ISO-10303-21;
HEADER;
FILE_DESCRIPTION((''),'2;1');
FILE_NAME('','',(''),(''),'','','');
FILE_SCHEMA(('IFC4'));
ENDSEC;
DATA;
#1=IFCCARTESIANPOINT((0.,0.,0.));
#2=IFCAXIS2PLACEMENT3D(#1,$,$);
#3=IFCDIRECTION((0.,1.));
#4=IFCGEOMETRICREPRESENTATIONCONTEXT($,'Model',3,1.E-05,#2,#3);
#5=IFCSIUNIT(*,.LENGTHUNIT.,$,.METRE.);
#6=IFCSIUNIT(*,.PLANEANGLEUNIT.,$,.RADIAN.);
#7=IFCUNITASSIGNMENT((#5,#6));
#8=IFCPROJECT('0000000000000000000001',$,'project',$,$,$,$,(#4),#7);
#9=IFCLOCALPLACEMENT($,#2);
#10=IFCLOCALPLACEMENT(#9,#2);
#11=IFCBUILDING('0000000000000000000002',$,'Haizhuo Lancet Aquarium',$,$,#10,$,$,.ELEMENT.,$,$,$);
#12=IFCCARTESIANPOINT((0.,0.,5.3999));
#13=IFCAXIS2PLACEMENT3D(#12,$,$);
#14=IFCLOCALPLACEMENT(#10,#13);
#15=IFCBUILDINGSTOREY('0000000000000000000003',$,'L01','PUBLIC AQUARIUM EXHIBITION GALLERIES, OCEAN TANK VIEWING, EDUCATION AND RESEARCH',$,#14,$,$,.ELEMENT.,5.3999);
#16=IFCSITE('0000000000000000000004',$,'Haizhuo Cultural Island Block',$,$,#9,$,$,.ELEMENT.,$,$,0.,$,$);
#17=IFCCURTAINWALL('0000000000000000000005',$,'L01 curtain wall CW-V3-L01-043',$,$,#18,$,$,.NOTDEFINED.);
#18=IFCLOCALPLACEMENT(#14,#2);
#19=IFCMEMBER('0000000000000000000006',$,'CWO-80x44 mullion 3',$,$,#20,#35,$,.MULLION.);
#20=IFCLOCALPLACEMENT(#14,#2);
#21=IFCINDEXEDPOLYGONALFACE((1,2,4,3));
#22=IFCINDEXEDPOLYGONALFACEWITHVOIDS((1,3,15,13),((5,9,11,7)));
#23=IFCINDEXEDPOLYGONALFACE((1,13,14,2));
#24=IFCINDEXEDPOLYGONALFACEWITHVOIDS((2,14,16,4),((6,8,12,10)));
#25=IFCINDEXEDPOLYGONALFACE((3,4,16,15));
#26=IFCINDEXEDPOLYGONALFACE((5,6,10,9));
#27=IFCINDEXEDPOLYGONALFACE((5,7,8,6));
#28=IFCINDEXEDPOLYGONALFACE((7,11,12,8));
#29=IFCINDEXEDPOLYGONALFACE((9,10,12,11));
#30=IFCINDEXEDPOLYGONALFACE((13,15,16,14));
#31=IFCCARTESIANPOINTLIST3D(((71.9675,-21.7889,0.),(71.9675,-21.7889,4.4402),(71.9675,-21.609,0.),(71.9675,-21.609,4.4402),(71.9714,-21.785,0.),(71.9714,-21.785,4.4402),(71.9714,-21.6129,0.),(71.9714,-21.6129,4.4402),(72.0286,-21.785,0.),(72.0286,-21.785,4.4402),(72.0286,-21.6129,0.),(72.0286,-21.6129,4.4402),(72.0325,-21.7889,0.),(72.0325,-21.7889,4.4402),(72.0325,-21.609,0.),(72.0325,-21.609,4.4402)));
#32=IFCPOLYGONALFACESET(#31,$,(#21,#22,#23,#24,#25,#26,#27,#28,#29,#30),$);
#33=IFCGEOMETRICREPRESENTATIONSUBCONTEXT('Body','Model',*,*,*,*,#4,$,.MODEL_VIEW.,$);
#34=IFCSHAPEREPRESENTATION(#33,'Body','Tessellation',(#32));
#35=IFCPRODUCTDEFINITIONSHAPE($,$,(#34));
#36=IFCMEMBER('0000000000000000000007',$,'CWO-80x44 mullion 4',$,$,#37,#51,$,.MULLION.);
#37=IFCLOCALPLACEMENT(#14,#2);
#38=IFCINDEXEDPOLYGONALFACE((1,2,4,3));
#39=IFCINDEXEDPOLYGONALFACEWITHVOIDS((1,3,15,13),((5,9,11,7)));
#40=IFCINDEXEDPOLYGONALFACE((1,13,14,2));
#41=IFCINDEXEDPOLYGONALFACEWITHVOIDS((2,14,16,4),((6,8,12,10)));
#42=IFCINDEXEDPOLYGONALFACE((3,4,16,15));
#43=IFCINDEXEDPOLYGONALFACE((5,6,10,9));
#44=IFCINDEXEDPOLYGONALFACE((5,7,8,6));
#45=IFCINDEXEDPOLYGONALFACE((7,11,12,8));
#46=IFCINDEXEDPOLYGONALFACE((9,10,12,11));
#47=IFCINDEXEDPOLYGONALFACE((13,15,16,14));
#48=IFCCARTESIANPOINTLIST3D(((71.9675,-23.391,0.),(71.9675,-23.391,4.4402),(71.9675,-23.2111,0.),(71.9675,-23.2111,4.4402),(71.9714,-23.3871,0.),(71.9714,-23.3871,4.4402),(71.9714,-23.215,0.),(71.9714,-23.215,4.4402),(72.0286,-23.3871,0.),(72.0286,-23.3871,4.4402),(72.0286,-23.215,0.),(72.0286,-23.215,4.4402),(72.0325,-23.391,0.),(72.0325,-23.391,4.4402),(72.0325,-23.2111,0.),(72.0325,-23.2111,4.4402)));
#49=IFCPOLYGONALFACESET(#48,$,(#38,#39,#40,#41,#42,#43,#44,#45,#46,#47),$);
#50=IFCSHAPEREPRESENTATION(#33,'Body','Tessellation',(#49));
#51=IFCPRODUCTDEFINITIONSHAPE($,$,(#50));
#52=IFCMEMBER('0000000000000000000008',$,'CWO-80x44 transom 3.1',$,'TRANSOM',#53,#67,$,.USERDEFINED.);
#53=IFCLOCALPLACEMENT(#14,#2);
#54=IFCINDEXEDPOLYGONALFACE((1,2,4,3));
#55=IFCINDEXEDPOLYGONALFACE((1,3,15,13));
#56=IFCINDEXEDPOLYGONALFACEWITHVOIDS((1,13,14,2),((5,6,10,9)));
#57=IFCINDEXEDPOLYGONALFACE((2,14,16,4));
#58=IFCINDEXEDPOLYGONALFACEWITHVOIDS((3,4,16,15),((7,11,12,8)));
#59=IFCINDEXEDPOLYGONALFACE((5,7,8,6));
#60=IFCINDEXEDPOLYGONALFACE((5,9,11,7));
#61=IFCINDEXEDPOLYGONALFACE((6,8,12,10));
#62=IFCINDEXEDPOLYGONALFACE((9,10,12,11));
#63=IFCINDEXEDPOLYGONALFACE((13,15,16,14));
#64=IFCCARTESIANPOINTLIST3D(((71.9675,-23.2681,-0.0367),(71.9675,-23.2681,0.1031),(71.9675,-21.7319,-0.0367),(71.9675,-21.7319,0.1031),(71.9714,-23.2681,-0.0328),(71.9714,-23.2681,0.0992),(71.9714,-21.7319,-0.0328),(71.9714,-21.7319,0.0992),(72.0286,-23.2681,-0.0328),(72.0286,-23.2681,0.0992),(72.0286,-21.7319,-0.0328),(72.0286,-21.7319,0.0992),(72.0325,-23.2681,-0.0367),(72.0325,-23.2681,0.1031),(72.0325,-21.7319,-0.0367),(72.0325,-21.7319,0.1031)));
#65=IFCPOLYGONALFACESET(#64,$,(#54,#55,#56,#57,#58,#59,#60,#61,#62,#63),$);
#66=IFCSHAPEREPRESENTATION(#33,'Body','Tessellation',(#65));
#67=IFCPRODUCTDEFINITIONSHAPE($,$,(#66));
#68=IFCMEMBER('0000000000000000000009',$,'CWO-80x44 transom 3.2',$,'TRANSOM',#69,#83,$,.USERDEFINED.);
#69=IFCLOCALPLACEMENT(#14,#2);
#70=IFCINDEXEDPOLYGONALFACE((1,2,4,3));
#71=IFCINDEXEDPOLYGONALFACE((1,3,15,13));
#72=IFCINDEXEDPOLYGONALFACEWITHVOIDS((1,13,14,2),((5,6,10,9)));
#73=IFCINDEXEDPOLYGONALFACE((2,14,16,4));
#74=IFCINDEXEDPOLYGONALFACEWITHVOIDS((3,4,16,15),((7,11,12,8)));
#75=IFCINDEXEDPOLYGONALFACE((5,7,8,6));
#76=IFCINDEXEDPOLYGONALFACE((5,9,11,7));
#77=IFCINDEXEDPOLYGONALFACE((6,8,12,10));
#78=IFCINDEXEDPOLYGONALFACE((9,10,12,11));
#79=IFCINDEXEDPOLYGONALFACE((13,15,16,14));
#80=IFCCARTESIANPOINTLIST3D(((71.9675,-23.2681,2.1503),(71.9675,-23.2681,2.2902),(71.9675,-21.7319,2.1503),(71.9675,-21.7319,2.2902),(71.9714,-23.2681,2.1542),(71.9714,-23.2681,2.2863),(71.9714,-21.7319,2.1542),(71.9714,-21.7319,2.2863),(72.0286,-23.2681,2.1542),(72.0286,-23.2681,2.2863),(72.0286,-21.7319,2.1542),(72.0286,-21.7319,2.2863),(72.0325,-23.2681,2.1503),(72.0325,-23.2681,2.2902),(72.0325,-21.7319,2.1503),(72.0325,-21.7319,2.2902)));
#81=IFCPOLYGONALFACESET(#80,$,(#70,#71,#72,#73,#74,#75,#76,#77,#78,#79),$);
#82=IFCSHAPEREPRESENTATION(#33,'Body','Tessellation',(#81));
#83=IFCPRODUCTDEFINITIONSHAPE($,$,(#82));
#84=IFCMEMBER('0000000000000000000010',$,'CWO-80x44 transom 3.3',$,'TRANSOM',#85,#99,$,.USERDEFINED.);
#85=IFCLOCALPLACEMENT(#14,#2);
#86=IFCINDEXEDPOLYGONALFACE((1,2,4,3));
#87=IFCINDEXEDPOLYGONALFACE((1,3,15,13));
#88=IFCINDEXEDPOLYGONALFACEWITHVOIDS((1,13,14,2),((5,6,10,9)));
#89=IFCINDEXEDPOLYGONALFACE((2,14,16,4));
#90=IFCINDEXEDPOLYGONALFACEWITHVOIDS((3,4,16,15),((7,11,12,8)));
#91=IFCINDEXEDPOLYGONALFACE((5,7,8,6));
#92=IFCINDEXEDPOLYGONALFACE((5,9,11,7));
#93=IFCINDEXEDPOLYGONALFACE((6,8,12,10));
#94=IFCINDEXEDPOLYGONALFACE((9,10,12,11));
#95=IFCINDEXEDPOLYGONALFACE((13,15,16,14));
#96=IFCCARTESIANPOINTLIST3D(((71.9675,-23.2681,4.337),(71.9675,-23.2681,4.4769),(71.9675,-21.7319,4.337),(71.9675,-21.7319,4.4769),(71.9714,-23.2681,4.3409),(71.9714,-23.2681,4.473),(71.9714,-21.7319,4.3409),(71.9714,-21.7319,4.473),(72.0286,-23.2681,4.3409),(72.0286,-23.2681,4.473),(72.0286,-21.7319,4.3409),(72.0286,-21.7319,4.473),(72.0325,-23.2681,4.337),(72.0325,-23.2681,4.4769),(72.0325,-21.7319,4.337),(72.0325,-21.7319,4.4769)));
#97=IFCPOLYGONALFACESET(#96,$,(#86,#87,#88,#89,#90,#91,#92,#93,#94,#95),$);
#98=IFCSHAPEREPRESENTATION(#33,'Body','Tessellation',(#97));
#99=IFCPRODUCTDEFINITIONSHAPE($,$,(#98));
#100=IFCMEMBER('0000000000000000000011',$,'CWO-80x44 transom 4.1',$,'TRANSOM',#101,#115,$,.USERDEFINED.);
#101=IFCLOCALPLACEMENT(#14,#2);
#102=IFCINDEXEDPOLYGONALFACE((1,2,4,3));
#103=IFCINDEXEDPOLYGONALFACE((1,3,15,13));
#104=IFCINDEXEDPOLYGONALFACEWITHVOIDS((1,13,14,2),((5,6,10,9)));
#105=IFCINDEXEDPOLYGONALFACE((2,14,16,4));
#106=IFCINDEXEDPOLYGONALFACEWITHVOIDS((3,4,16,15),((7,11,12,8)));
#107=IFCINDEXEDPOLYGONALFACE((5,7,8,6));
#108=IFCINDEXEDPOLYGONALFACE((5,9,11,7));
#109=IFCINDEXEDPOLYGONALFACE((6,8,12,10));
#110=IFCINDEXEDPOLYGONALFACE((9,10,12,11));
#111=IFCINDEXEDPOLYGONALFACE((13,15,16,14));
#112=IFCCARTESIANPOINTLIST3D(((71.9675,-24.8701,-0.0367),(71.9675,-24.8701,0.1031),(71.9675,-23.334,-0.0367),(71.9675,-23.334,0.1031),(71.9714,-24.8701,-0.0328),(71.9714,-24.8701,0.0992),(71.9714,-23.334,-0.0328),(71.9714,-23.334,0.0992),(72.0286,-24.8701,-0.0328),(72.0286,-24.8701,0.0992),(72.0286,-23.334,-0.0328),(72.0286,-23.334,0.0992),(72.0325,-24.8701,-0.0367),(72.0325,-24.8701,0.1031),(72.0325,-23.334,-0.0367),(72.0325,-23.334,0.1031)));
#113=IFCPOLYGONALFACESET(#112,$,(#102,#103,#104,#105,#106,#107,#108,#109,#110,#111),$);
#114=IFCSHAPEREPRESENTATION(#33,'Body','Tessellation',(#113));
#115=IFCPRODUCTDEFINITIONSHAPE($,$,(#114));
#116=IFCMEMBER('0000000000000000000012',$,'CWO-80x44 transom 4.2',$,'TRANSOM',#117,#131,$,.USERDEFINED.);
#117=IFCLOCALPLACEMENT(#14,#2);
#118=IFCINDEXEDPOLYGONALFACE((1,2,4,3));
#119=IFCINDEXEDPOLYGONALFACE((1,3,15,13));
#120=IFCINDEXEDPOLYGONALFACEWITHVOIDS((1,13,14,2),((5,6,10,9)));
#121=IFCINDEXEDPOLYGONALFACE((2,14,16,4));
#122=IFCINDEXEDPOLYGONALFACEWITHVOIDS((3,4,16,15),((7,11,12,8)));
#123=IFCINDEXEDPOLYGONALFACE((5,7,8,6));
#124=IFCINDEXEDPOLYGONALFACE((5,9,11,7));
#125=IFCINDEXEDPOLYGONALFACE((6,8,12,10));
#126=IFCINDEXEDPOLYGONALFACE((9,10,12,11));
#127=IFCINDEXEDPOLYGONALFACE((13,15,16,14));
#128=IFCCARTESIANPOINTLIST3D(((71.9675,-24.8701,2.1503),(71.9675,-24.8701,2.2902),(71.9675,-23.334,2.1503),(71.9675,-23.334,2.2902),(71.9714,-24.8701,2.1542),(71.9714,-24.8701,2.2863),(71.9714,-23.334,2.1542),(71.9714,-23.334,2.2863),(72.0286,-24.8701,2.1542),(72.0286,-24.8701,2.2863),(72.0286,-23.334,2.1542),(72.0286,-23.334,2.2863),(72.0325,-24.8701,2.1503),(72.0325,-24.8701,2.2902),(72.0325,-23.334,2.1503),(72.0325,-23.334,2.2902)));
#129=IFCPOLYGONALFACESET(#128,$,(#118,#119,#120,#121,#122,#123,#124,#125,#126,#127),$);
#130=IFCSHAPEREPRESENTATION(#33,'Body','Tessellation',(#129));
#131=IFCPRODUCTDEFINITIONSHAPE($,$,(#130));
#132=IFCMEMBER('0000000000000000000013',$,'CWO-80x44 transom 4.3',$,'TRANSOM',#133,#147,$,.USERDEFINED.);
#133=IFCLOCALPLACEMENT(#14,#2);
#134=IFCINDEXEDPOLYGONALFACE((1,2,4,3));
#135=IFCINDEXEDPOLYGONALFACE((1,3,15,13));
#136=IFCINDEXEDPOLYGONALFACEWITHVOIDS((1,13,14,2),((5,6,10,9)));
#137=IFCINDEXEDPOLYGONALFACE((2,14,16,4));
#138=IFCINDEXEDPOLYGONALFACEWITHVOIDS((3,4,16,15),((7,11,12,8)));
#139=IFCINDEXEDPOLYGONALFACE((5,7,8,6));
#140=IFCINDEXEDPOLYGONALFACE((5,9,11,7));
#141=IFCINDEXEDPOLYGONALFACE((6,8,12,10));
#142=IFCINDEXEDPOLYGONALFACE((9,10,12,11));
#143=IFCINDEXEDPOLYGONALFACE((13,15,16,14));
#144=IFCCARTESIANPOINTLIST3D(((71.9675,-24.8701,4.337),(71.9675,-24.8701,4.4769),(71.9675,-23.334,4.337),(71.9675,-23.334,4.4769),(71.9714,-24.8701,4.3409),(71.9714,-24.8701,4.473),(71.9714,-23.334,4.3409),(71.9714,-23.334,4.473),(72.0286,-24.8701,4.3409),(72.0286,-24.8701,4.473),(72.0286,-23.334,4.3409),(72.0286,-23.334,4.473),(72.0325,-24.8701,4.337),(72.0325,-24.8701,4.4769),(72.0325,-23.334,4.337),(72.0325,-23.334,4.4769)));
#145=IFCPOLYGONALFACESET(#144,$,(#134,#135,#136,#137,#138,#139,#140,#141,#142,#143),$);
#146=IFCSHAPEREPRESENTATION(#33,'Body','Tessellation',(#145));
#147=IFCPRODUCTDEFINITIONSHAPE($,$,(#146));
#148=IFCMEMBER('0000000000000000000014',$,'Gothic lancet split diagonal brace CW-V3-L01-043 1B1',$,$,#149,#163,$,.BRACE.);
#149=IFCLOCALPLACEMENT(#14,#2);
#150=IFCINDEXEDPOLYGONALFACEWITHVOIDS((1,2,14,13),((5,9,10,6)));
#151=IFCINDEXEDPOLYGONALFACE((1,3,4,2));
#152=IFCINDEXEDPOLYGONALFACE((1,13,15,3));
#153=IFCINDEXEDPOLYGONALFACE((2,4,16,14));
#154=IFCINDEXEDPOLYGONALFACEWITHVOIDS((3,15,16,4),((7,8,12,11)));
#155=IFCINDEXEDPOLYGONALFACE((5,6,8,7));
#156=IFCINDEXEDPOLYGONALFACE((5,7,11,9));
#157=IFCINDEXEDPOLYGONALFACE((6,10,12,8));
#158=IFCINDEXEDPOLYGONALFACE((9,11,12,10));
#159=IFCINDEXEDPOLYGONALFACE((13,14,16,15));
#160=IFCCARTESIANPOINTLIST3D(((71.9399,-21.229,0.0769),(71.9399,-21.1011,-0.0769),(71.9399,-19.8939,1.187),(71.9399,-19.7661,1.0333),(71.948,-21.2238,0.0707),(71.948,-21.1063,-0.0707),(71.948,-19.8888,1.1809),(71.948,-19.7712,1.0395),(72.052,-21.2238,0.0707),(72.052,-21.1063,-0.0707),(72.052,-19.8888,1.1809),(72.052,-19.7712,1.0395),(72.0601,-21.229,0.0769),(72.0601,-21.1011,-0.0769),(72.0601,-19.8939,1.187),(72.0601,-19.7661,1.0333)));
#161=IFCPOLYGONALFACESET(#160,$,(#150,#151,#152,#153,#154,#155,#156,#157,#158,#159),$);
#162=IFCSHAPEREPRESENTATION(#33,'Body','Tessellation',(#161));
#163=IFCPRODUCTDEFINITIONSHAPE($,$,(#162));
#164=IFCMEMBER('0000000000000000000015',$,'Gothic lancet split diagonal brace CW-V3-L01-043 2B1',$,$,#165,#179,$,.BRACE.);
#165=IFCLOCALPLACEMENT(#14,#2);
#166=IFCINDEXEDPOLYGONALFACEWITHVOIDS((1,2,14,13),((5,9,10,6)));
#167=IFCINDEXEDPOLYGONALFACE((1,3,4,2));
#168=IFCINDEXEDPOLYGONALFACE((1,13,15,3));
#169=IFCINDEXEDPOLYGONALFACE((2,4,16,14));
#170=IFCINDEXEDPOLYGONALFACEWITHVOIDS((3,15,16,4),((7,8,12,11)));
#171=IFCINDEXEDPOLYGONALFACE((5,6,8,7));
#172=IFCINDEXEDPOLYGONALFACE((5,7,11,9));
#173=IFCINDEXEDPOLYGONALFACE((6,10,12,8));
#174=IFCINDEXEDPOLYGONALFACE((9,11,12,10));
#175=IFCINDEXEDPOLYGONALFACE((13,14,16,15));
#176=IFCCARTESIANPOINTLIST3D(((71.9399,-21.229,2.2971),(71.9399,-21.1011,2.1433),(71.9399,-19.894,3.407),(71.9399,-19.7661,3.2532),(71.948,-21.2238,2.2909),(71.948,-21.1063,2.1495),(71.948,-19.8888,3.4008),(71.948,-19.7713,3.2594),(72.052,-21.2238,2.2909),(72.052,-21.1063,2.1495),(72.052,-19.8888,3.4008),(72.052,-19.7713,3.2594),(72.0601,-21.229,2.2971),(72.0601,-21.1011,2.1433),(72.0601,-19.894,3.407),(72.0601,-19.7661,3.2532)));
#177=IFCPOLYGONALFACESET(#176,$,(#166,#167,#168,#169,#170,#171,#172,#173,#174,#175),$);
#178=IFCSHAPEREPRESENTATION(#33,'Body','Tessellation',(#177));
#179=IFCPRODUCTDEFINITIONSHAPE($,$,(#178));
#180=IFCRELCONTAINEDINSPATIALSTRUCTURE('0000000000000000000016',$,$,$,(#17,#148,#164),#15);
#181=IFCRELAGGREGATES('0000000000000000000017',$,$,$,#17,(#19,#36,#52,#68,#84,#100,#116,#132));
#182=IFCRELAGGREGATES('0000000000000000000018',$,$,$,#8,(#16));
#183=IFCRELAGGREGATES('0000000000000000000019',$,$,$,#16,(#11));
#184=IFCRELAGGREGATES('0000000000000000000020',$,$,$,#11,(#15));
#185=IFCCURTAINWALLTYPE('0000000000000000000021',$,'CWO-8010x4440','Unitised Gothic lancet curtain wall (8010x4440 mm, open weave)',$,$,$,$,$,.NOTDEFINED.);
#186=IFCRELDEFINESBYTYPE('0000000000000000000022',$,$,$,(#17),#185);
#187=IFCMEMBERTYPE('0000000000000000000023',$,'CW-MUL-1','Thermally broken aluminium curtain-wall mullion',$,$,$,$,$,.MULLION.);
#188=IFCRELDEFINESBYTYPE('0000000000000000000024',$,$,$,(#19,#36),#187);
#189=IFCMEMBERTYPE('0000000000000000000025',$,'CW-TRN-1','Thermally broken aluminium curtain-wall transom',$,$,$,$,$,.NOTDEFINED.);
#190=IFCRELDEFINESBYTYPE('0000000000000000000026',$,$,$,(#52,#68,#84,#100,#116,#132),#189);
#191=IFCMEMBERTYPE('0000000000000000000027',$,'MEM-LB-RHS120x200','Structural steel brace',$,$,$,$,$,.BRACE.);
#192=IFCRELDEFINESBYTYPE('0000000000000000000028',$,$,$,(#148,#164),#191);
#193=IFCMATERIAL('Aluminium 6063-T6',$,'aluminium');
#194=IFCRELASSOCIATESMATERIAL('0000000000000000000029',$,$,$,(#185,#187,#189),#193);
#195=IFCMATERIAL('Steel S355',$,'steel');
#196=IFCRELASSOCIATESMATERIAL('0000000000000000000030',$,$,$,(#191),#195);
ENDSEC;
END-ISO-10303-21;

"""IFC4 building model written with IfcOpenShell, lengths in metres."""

from ifc_helpers import new_model, si_unit, direction, frame, origin, origin_2d, place, context, subcontext, project, spatial, hollow_rectangle, extrude, material, material_profile, profile_set, type_object, element, aggregate, save


model = new_model("IFC4")

# Units and contexts
model_context = context("Model", 3, precision=1e-05, world=origin(), true_north=direction((0.0, 1.0)))
body_context = subcontext(model_context, "Body", "Model", "MODEL_VIEW")
ifc_project = project(units=[si_unit("LENGTHUNIT", "METRE"), si_unit("PLANEANGLEUNIT", "RADIAN")], contexts=[model_context])

# Site, building, storey
site_placement = place(None, origin())
site = spatial("IfcSite", under=ifc_project, at=site_placement, Name="Haizhuo Cultural Island Block", CompositionType="ELEMENT", RefElevation=0.0)
building_placement = place(site_placement, origin())
building = spatial("IfcBuilding", under=site, at=building_placement, Name="Haizhuo Lancet Aquarium", CompositionType="ELEMENT")
storey_placement = place(building_placement, frame((0.0, 0.0, 5.3999)))
storey = spatial("IfcBuildingStorey", under=building, at=storey_placement, Name="L01", Description="PUBLIC AQUARIUM EXHIBITION GALLERIES, OCEAN TANK VIEWING, EDUCATION AND RESEARCH", CompositionType="ELEMENT", Elevation=5.3999)

# Curtain wall, members
ifc_material_1 = material(Name="Aluminium 6063-T6", Category="aluminium")
curtain_wall_type = type_object("IfcCurtainWallType", Name="CWO-8010x4440", Description="Unitised Gothic lancet curtain wall (8010x4440 mm, open weave)", PredefinedType="NOTDEFINED", material=ifc_material_1)
curtain_wall_placement = place(storey_placement, origin())
curtain_wall = element("IfcCurtainWall", 1, at=curtain_wall_placement, inside=storey, type_object=curtain_wall_type, Name="L01 curtain wall CW-V3-L01-043", PredefinedType="NOTDEFINED")
ifc_material_profile_1 = material_profile(ifc_material_1, hollow_rectangle(XDim=0.0649, YDim=0.1799, WallThickness=0.0039, at=origin_2d()), Name="ALU-M 65x180x4")
ifc_profile_set_1 = profile_set([ifc_material_profile_1], Name="Aluminium 6063-T6")
member_type_1 = type_object("IfcMemberType", Name="CW-MUL-1", Description="Thermally broken aluminium curtain-wall mullion", PredefinedType="MULLION", material=ifc_profile_set_1)
member_1_placement = place(storey_placement, frame((72.0, -21.699, 0.0), z_axis=(0.0, 0.0, 1.0), x_axis=(1.0, 0.0, 0.0)))
member_1 = element("IfcMember", 2, at=member_1_placement, type_object=member_type_1, Name="CWO-80x44 mullion 3", PredefinedType="MULLION", context=body_context, shape_type="SweptSolid", body=[
    extrude(hollow_rectangle(XDim=0.0649, YDim=0.1799, WallThickness=0.0039, at=origin_2d()), origin(), (0.0, 0.0, 1.0), 4.4402),
])
member_2_placement = place(storey_placement, frame((72.0, -23.301, 0.0), z_axis=(0.0, 0.0, 1.0), x_axis=(1.0, 0.0, 0.0)))
member_2 = element("IfcMember", 3, at=member_2_placement, type_object=member_type_1, Name="CWO-80x44 mullion 4", PredefinedType="MULLION", context=body_context, shape_type="SweptSolid", body=[
    extrude(hollow_rectangle(XDim=0.0649, YDim=0.1799, WallThickness=0.0039, at=origin_2d()), origin(), (0.0, 0.0, 1.0), 4.4402),
])
ifc_material_profile_2 = material_profile(ifc_material_1, hollow_rectangle(XDim=0.0649, YDim=0.1399, WallThickness=0.0039, at=origin_2d()), Name="ALU-T 65x140x4")
ifc_profile_set_2 = profile_set([ifc_material_profile_2], Name="Aluminium 6063-T6")
member_type_2 = type_object("IfcMemberType", Name="CW-TRN-1", Description="Thermally broken aluminium curtain-wall transom", PredefinedType="NOTDEFINED", material=ifc_profile_set_2)
member_3_placement = place(storey_placement, frame((72.0, -21.7319, 0.0332), z_axis=(0.0, -1.0, 0.0), x_axis=(1.0, 0.0, 0.0)))
member_3 = element("IfcMember", 4, at=member_3_placement, type_object=member_type_2, Name="CWO-80x44 transom 3.1", ObjectType="TRANSOM", PredefinedType="USERDEFINED", context=body_context, shape_type="SweptSolid", body=[
    extrude(hollow_rectangle(XDim=0.0649, YDim=0.1399, WallThickness=0.0039, at=origin_2d()), origin(), (0.0, 0.0, 1.0), 1.5361),
])
member_4_placement = place(storey_placement, frame((72.0, -21.7319, 2.2202), z_axis=(0.0, -1.0, 0.0), x_axis=(1.0, 0.0, 0.0)))
member_4 = element("IfcMember", 5, at=member_4_placement, type_object=member_type_2, Name="CWO-80x44 transom 3.2", ObjectType="TRANSOM", PredefinedType="USERDEFINED", context=body_context, shape_type="SweptSolid", body=[
    extrude(hollow_rectangle(XDim=0.0649, YDim=0.1399, WallThickness=0.0039, at=origin_2d()), origin(), (0.0, 0.0, 1.0), 1.5361),
])
member_5_placement = place(storey_placement, frame((72.0, -21.7319, 4.407), z_axis=(0.0, -1.0, 0.0), x_axis=(1.0, 0.0, 0.0)))
member_5 = element("IfcMember", 6, at=member_5_placement, type_object=member_type_2, Name="CWO-80x44 transom 3.3", ObjectType="TRANSOM", PredefinedType="USERDEFINED", context=body_context, shape_type="SweptSolid", body=[
    extrude(hollow_rectangle(XDim=0.0649, YDim=0.1399, WallThickness=0.0039, at=origin_2d()), origin(), (0.0, 0.0, 1.0), 1.5361),
])
member_6_placement = place(storey_placement, frame((72.0, -23.334, 0.0332), z_axis=(0.0, -1.0, 0.0), x_axis=(1.0, 0.0, 0.0)))
member_6 = element("IfcMember", 7, at=member_6_placement, type_object=member_type_2, Name="CWO-80x44 transom 4.1", ObjectType="TRANSOM", PredefinedType="USERDEFINED", context=body_context, shape_type="SweptSolid", body=[
    extrude(hollow_rectangle(XDim=0.0649, YDim=0.1399, WallThickness=0.0039, at=origin_2d()), origin(), (0.0, 0.0, 1.0), 1.5361),
])
member_7_placement = place(storey_placement, frame((72.0, -23.334, 2.2202), z_axis=(0.0, -1.0, 0.0), x_axis=(1.0, 0.0, 0.0)))
member_7 = element("IfcMember", 8, at=member_7_placement, type_object=member_type_2, Name="CWO-80x44 transom 4.2", ObjectType="TRANSOM", PredefinedType="USERDEFINED", context=body_context, shape_type="SweptSolid", body=[
    extrude(hollow_rectangle(XDim=0.0649, YDim=0.1399, WallThickness=0.0039, at=origin_2d()), origin(), (0.0, 0.0, 1.0), 1.5361),
])
member_8_placement = place(storey_placement, frame((72.0, -23.334, 4.407), z_axis=(0.0, -1.0, 0.0), x_axis=(1.0, 0.0, 0.0)))
member_8 = element("IfcMember", 9, at=member_8_placement, type_object=member_type_2, Name="CWO-80x44 transom 4.3", ObjectType="TRANSOM", PredefinedType="USERDEFINED", context=body_context, shape_type="SweptSolid", body=[
    extrude(hollow_rectangle(XDim=0.0649, YDim=0.1399, WallThickness=0.0039, at=origin_2d()), origin(), (0.0, 0.0, 1.0), 1.5361),
])

# Members
ifc_material_2 = material(Name="Steel S355", Category="steel")
ifc_material_profile_3 = material_profile(ifc_material_2, hollow_rectangle(XDim=0.1201, YDim=0.2, WallThickness=0.0081, at=origin_2d()), Name="RHS 120x200x8")
ifc_profile_set_3 = profile_set([ifc_material_profile_3], Name="Steel S355")
member_type_3 = type_object("IfcMemberType", Name="MEM-LB-RHS120x200", Description="Structural steel brace", PredefinedType="BRACE", material=ifc_profile_set_3)
member_9_placement = place(storey_placement, frame((72.0, -21.165, 0.0), z_axis=(0.0, 0.768889, 0.639382), x_axis=(-1.0, 0.0, 0.0)))
element("IfcMember", 10, at=member_9_placement, inside=storey, type_object=member_type_3, Name="Gothic lancet split diagonal brace CW-V3-L01-043 1B1", PredefinedType="BRACE", context=body_context, shape_type="SweptSolid", body=[
    extrude(hollow_rectangle(XDim=0.1201, YDim=0.2, WallThickness=0.0081, at=origin_2d()), origin(), (0.0, 0.0, 1.0), 1.7363),
])
member_10_placement = place(storey_placement, frame((72.0, -21.165, 2.2202), z_axis=(0.0, 0.768958, 0.639299), x_axis=(-1.0, 0.0, 0.0)))
element("IfcMember", 11, at=member_10_placement, inside=storey, type_object=member_type_3, Name="Gothic lancet split diagonal brace CW-V3-L01-043 2B1", PredefinedType="BRACE", context=body_context, shape_type="SweptSolid", body=[
    extrude(hollow_rectangle(XDim=0.1201, YDim=0.2, WallThickness=0.0081, at=origin_2d()), origin(), (0.0, 0.0, 1.0), 1.7361),
])

aggregate(curtain_wall, [member_1, member_2, member_3, member_4, member_5, member_6, member_7, member_8])

save(model, "model.ifc")
